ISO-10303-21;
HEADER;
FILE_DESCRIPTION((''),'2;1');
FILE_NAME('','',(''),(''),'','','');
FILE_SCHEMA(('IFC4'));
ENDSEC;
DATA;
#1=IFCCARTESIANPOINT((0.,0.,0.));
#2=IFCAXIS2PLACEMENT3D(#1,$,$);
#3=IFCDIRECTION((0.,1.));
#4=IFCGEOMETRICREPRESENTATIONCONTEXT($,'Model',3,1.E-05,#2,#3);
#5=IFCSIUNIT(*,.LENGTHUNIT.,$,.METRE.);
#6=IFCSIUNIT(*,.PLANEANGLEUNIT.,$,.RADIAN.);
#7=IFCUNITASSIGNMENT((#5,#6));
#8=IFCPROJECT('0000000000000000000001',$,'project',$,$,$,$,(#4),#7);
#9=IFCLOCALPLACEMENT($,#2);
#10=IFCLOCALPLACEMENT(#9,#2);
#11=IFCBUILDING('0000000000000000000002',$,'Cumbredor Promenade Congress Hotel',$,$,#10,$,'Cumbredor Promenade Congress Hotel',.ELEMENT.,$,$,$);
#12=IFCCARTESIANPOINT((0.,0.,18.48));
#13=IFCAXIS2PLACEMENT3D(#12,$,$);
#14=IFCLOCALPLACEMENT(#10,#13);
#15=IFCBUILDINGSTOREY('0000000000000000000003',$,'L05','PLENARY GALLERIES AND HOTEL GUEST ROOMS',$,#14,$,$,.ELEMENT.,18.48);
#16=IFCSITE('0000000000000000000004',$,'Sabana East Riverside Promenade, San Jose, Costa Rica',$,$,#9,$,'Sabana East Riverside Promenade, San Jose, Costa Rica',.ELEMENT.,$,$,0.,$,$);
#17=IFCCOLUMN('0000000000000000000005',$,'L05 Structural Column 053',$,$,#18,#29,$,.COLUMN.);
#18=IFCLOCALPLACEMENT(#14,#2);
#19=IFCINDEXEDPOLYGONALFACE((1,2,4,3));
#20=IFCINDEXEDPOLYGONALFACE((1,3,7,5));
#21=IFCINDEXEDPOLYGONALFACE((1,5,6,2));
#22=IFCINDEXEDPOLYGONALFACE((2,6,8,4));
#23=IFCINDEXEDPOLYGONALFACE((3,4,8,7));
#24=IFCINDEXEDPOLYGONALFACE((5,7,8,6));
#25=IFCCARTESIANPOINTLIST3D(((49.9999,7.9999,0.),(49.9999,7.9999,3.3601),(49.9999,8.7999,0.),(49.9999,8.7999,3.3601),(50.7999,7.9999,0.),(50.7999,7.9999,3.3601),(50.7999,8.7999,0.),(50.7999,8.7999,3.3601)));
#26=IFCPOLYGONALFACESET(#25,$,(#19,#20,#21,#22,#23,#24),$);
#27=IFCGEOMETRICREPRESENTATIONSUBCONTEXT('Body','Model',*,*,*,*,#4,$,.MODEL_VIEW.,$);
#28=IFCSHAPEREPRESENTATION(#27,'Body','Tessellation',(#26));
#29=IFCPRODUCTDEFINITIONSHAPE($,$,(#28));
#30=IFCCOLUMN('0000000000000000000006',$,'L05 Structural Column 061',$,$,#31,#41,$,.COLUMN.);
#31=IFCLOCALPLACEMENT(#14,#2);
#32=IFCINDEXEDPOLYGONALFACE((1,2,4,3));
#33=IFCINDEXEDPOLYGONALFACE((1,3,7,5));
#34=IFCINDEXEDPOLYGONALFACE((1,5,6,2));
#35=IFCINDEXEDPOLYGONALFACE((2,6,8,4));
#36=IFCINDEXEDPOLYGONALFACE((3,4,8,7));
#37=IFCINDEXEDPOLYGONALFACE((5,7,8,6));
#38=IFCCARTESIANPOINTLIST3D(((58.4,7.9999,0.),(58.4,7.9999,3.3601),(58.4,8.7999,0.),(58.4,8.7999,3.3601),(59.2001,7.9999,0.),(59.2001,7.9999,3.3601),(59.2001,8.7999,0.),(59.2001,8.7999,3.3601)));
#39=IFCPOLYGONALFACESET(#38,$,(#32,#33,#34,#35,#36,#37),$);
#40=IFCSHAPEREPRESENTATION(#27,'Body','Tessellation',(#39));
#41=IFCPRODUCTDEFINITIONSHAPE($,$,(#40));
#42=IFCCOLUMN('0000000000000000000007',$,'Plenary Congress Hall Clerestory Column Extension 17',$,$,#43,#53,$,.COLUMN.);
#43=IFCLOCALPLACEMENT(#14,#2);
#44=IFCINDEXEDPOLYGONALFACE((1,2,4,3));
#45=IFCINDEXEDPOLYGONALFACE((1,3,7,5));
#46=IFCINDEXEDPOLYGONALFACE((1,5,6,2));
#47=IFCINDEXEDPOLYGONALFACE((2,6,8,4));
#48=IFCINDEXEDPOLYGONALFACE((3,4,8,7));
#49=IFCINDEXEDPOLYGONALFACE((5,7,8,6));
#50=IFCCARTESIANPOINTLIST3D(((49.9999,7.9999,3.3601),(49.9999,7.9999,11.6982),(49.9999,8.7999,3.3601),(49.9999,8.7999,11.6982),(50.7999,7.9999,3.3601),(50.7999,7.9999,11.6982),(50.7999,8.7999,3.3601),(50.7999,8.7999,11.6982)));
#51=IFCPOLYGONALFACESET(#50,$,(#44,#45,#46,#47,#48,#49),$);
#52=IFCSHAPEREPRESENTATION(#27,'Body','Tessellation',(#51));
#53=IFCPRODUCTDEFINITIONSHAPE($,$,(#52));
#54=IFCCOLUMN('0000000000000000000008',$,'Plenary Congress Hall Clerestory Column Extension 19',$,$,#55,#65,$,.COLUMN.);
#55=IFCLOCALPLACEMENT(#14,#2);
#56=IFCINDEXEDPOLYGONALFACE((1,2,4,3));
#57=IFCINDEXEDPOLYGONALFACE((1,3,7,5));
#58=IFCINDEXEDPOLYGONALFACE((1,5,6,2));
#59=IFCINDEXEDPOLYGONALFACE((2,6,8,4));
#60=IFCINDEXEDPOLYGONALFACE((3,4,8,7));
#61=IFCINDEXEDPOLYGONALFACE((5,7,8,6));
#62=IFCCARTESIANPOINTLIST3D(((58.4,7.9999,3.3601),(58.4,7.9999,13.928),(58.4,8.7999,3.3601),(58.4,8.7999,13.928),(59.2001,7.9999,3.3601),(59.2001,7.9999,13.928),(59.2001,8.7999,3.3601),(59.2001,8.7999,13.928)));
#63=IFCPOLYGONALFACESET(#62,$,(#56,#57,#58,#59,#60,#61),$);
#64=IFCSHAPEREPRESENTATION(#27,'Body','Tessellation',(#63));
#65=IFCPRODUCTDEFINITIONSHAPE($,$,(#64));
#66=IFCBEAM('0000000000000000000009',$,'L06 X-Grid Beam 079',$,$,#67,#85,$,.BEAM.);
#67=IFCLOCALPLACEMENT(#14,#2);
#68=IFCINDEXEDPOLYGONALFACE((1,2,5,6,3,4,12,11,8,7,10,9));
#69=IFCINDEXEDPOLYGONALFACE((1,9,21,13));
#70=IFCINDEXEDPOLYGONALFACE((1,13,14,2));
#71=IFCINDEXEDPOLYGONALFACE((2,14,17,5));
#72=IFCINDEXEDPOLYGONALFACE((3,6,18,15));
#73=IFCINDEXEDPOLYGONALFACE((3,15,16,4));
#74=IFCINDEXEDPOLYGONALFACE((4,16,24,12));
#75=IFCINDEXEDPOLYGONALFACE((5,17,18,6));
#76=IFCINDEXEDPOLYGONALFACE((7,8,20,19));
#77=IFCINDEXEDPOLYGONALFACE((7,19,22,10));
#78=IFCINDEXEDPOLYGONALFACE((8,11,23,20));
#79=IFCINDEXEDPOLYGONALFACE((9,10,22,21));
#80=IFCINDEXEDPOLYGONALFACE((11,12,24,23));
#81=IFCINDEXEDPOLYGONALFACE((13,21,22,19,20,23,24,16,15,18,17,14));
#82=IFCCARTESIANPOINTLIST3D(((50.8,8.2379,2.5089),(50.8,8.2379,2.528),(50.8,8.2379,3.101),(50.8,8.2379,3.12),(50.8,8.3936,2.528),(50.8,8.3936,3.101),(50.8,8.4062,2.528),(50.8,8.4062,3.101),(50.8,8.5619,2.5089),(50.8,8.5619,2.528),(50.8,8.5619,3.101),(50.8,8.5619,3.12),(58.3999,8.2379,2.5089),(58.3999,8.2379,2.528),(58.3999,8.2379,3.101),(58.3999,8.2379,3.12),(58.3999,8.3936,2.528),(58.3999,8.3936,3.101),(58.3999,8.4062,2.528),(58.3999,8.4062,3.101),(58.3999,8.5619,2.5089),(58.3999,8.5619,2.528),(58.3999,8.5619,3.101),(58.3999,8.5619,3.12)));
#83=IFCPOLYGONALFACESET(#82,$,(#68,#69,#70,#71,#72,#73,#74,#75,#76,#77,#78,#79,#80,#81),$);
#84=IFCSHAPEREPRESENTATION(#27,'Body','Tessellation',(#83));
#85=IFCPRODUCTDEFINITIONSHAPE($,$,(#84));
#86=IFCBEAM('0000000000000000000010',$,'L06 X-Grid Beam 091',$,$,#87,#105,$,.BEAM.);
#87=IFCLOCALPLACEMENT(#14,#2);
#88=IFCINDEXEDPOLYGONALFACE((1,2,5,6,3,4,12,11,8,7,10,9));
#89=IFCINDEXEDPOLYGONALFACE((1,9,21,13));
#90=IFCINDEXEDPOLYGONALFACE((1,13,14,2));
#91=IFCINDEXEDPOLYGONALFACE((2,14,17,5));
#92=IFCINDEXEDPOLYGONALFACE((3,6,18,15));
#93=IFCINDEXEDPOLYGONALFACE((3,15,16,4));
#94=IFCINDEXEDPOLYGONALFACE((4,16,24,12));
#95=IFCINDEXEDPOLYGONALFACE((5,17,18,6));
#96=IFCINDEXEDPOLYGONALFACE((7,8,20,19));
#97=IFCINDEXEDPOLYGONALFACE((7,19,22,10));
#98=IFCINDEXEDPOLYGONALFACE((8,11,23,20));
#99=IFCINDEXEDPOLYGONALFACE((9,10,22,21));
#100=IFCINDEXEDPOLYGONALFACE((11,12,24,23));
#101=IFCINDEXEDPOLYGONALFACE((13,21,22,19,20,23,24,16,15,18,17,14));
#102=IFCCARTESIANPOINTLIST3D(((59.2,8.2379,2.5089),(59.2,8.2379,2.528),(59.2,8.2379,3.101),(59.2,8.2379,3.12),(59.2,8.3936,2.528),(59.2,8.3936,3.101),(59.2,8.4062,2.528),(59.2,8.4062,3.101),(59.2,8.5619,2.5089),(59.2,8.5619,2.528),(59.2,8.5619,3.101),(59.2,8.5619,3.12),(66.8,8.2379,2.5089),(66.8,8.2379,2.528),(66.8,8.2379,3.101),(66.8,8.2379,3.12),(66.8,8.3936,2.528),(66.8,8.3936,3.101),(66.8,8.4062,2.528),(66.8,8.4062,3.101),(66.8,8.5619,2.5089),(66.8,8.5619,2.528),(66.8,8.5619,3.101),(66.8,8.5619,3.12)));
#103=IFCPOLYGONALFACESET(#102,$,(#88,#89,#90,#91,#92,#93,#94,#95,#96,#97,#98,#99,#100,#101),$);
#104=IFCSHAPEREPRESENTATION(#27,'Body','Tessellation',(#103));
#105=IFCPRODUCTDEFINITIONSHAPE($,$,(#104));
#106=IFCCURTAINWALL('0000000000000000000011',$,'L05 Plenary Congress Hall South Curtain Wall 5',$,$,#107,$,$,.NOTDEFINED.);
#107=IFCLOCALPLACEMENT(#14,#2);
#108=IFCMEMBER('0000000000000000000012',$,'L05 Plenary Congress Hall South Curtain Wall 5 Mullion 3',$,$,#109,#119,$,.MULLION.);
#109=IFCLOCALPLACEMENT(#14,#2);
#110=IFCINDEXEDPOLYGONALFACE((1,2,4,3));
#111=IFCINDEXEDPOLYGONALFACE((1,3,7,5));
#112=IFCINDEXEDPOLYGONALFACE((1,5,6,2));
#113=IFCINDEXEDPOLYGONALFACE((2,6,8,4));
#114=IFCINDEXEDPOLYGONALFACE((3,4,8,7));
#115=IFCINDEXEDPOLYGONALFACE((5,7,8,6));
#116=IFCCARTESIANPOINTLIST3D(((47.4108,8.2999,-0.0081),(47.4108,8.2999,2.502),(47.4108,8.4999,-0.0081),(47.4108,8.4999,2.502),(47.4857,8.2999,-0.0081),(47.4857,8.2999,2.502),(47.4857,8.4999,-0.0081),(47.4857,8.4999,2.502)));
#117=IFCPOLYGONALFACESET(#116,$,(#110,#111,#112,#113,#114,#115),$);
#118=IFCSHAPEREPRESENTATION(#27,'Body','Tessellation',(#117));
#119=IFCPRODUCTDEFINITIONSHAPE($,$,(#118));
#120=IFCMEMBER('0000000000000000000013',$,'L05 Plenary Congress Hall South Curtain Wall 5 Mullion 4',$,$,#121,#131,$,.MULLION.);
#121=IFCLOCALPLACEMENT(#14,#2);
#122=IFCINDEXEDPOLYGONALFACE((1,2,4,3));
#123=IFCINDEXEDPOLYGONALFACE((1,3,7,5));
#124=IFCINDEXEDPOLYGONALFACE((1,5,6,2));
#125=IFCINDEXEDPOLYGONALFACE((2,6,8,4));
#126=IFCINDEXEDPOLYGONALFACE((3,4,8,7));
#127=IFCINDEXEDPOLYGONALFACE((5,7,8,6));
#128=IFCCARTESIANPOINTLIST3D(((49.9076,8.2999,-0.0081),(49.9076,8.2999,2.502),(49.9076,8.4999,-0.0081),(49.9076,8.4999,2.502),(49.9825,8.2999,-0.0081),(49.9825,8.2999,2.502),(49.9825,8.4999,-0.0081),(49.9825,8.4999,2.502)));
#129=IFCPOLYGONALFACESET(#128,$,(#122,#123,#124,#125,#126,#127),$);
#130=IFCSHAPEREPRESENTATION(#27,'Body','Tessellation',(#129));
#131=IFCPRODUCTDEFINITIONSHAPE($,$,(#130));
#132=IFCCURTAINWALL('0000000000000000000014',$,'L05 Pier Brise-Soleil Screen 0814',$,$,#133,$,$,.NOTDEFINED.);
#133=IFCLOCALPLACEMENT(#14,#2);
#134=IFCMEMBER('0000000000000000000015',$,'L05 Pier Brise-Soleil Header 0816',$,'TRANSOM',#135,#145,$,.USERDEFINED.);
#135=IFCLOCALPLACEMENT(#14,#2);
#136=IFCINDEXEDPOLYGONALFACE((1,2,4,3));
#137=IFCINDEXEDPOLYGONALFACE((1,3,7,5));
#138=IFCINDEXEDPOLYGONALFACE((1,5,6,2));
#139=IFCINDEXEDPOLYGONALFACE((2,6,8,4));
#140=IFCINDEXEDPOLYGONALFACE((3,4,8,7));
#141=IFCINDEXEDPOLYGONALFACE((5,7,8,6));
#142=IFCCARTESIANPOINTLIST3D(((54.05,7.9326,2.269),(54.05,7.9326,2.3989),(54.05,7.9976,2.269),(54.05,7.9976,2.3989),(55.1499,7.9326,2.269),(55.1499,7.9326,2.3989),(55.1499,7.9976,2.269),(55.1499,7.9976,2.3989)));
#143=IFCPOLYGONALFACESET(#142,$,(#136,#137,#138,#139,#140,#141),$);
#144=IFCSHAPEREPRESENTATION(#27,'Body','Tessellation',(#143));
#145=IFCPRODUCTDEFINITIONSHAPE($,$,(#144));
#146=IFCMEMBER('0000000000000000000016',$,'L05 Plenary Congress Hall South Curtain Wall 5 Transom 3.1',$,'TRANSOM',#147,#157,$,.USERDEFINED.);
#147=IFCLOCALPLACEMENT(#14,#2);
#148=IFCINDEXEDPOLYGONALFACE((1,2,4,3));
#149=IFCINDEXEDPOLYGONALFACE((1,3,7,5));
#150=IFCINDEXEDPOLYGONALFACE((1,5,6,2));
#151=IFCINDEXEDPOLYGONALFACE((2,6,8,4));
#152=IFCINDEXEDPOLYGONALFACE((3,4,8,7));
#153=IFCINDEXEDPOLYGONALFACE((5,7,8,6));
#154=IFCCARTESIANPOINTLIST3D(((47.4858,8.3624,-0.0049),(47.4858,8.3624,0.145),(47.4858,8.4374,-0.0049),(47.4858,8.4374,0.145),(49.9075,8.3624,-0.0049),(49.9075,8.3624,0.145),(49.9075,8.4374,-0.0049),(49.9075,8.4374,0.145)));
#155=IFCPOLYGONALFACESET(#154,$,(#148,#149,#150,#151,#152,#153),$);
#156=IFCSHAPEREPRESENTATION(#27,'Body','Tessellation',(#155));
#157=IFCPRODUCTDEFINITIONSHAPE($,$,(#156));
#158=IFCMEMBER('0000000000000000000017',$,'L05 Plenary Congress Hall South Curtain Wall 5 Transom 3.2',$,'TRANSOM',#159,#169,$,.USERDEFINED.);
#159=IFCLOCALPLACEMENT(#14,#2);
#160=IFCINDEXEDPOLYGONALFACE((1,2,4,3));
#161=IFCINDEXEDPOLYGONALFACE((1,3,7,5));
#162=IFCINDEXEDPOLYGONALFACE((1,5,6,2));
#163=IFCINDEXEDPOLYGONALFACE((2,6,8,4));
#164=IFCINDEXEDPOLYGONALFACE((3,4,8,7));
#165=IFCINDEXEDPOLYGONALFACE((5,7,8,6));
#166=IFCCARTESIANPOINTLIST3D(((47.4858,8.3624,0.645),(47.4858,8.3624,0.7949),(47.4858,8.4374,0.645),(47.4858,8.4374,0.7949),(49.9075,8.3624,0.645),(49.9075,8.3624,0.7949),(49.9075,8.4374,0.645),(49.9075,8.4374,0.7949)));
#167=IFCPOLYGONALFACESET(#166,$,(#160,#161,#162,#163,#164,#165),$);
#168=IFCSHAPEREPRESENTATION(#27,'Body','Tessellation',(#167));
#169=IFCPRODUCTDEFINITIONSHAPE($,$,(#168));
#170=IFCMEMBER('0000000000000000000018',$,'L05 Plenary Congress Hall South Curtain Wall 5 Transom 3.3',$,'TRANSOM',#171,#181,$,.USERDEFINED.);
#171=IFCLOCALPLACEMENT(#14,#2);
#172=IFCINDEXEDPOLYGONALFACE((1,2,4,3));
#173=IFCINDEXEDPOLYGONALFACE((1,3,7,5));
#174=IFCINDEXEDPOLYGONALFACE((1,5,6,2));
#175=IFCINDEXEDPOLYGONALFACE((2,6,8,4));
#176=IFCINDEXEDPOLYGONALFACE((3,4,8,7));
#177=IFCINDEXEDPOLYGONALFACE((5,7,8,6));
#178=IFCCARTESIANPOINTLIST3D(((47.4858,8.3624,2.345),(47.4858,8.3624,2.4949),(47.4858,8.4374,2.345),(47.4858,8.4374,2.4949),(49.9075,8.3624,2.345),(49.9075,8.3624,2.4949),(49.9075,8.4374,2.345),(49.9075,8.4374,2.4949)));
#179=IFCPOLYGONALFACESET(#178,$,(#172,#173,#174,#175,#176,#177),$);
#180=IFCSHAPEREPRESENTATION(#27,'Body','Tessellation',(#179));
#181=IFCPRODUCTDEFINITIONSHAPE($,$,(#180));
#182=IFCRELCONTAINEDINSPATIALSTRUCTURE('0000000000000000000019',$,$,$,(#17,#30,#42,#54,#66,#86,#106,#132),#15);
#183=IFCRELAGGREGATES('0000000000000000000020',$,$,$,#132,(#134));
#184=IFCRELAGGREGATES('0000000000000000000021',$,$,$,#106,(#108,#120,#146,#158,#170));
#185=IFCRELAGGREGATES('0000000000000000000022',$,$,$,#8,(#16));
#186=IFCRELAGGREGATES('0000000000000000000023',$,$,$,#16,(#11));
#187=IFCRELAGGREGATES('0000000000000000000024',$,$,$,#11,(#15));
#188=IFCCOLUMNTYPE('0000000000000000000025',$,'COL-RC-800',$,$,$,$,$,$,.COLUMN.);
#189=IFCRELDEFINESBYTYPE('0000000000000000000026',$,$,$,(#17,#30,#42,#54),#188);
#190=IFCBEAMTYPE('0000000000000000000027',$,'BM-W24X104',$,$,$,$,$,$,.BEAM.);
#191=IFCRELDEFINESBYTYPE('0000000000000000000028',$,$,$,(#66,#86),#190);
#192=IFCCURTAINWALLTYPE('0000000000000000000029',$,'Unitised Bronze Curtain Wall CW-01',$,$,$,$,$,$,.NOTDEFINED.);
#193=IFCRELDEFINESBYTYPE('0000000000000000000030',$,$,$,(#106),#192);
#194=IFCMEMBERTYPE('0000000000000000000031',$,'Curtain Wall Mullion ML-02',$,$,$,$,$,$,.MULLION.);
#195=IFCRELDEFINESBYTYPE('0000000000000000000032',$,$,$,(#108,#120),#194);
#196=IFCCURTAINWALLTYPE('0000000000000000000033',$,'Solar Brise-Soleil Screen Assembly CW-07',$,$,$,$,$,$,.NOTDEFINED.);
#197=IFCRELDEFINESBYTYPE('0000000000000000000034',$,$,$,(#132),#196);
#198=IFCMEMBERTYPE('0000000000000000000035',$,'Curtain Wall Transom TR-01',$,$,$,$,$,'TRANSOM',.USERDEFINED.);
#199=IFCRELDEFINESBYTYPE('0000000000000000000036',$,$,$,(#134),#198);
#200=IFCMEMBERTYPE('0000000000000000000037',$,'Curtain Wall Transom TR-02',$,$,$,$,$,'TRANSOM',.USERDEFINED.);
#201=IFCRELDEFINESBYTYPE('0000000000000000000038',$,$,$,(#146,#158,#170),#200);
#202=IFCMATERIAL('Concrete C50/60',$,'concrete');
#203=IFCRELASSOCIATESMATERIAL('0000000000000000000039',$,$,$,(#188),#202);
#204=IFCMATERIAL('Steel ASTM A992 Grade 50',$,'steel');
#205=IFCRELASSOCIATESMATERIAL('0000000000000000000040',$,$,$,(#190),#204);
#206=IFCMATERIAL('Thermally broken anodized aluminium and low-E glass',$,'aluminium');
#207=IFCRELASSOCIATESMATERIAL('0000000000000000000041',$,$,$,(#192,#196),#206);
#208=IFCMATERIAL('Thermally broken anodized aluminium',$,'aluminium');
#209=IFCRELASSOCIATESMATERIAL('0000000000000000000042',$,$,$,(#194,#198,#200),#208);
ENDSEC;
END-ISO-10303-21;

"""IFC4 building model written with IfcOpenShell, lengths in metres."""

from ifc_helpers import new_model, si_unit, direction, frame, origin, origin_2d, place, context, subcontext, project, spatial, rectangle, i_section, extrude, material, material_profile, profile_set, type_object, element, aggregate, save


model = new_model("IFC4")

# Units and contexts
model_context = context("Model", 3, precision=1e-05, world=origin(), true_north=direction((0.0, 1.0)))
body_context = subcontext(model_context, "Body", "Model", "MODEL_VIEW")
ifc_project = project(units=[si_unit("LENGTHUNIT", "METRE"), si_unit("PLANEANGLEUNIT", "RADIAN")], contexts=[model_context])

# Site, building, storey
site_placement = place(None, origin())
site = spatial("IfcSite", under=ifc_project, at=site_placement, Name="Sabana East Riverside Promenade, San Jose, Costa Rica", LongName="Sabana East Riverside Promenade, San Jose, Costa Rica", CompositionType="ELEMENT", RefElevation=0.0)
building_placement = place(site_placement, origin())
building = spatial("IfcBuilding", under=site, at=building_placement, Name="Cumbredor Promenade Congress Hotel", LongName="Cumbredor Promenade Congress Hotel", CompositionType="ELEMENT")
storey_placement = place(building_placement, frame((0.0, 0.0, 18.48)))
storey = spatial("IfcBuildingStorey", under=building, at=storey_placement, Name="L05", Description="PLENARY GALLERIES AND HOTEL GUEST ROOMS", CompositionType="ELEMENT", Elevation=18.48)

# Columns
ifc_material_1 = material(Name="Concrete C50/60", Category="concrete")
ifc_material_profile_1 = material_profile(ifc_material_1, rectangle(XDim=0.8, YDim=0.8, at=origin_2d()), Name="RC 800x800")
ifc_profile_set_1 = profile_set([ifc_material_profile_1], Name="Concrete C50/60")
column_type = type_object("IfcColumnType", Name="COL-RC-800", PredefinedType="COLUMN", material=ifc_profile_set_1)
for number, where, z_axis, x_axis, name in (
    (1, (50.3999, 8.3999, 0.0), (0.0, 0.0, 1.0), (1.0, 0.0, 0.0), "L05 Structural Column 053"),
    (2, (58.8, 8.3999, 0.0), (0.0, 0.0, 1.0), (1.0, 0.0, 0.0), "L05 Structural Column 061"),
):
    element("IfcColumn", number, at=place(storey_placement, frame(where, z_axis=z_axis, x_axis=x_axis)), inside=storey, type_object=column_type, Name=name, PredefinedType="COLUMN", context=body_context, shape_type="SweptSolid", body=[
        extrude(rectangle(XDim=0.8, YDim=0.8, at=origin_2d()), origin(), (0.0, 0.0, 1.0), 3.3601),
    ])
column_1_placement = place(storey_placement, frame((50.3999, 8.3999, 3.3601), z_axis=(0.0, 0.0, 1.0), x_axis=(1.0, 0.0, 0.0)))
element("IfcColumn", 3, at=column_1_placement, inside=storey, type_object=column_type, Name="Plenary Congress Hall Clerestory Column Extension 17", PredefinedType="COLUMN", context=body_context, shape_type="SweptSolid", body=[
    extrude(rectangle(XDim=0.8, YDim=0.8, at=origin_2d()), origin(), (0.0, 0.0, 1.0), 8.3381),
])
column_2_placement = place(storey_placement, frame((58.8, 8.3999, 3.3601), z_axis=(0.0, 0.0, 1.0), x_axis=(1.0, 0.0, 0.0)))
element("IfcColumn", 4, at=column_2_placement, inside=storey, type_object=column_type, Name="Plenary Congress Hall Clerestory Column Extension 19", PredefinedType="COLUMN", context=body_context, shape_type="SweptSolid", body=[
    extrude(rectangle(XDim=0.8, YDim=0.8, at=origin_2d()), origin(), (0.0, 0.0, 1.0), 10.5679),
])

# Beams
ifc_material_2 = material(Name="Steel ASTM A992 Grade 50", Category="steel")
ifc_material_profile_2 = material_profile(ifc_material_2, i_section(OverallWidth=0.324, OverallDepth=0.6111, WebThickness=0.0127, FlangeThickness=0.019, at=origin_2d()), Name="W24X104")
ifc_profile_set_2 = profile_set([ifc_material_profile_2], Name="Steel ASTM A992 Grade 50")
beam_type_1 = type_object("IfcBeamType", Name="BM-W24X104", PredefinedType="BEAM", material=ifc_profile_set_2)
beam_1_placement = place(storey_placement, frame((50.8, 8.3999, 2.8145), z_axis=(1.0, 0.0, 0.0), x_axis=(0.0, 1.0, 0.0)))
element("IfcBeam", 5, at=beam_1_placement, inside=storey, type_object=beam_type_1, Name="L06 X-Grid Beam 079", PredefinedType="BEAM", context=body_context, shape_type="SweptSolid", body=[
    extrude(i_section(OverallWidth=0.324, OverallDepth=0.6111, WebThickness=0.0127, FlangeThickness=0.019, at=origin_2d()), origin(), (0.0, 0.0, 1.0), 7.5999),
])
beam_2_placement = place(storey_placement, frame((59.2, 8.3999, 2.8145), z_axis=(1.0, 0.0, 0.0), x_axis=(0.0, 1.0, 0.0)))
element("IfcBeam", 6, at=beam_2_placement, inside=storey, type_object=beam_type_1, Name="L06 X-Grid Beam 091", PredefinedType="BEAM", context=body_context, shape_type="SweptSolid", body=[
    extrude(i_section(OverallWidth=0.324, OverallDepth=0.6111, WebThickness=0.0127, FlangeThickness=0.019, at=origin_2d()), origin(), (0.0, 0.0, 1.0), 7.6001),
])

# Curtain wall, members
ifc_material_3 = material(Name="Thermally broken anodized aluminium and low-E glass", Category="aluminium")
curtain_wall_type_1 = type_object("IfcCurtainWallType", Name="Unitised Bronze Curtain Wall CW-01", PredefinedType="NOTDEFINED", material=ifc_material_3)
curtain_wall_1_placement = place(storey_placement, origin())
curtain_wall_1 = element("IfcCurtainWall", 7, at=curtain_wall_1_placement, inside=storey, type_object=curtain_wall_type_1, Name="L05 Plenary Congress Hall South Curtain Wall 5", PredefinedType="NOTDEFINED")
ifc_material_4 = material(Name="Thermally broken anodized aluminium", Category="aluminium")
ifc_material_profile_3 = material_profile(ifc_material_4, rectangle(XDim=0.075, YDim=0.2, at=origin_2d()), Name="ALU MULLION 75x200")
ifc_profile_set_3 = profile_set([ifc_material_profile_3], Name="Thermally broken anodized aluminium")
member_type_1 = type_object("IfcMemberType", Name="Curtain Wall Mullion ML-02", PredefinedType="MULLION", material=ifc_profile_set_3)
member_1_placement = place(storey_placement, frame((47.4482, 8.3999, -0.0081), z_axis=(0.0, 0.0, 1.0), x_axis=(1.0, 0.0, 0.0)))
member_1 = element("IfcMember", 8, at=member_1_placement, type_object=member_type_1, Name="L05 Plenary Congress Hall South Curtain Wall 5 Mullion 3", PredefinedType="MULLION", context=body_context, shape_type="SweptSolid", body=[
    extrude(rectangle(XDim=0.075, YDim=0.2, at=origin_2d()), origin(), (0.0, 0.0, 1.0), 2.51),
])
member_2_placement = place(storey_placement, frame((49.9451, 8.3999, -0.0081), z_axis=(0.0, 0.0, 1.0), x_axis=(1.0, 0.0, 0.0)))
member_2 = element("IfcMember", 9, at=member_2_placement, type_object=member_type_1, Name="L05 Plenary Congress Hall South Curtain Wall 5 Mullion 4", PredefinedType="MULLION", context=body_context, shape_type="SweptSolid", body=[
    extrude(rectangle(XDim=0.075, YDim=0.2, at=origin_2d()), origin(), (0.0, 0.0, 1.0), 2.51),
])

# Curtain wall, member
curtain_wall_type_2 = type_object("IfcCurtainWallType", Name="Solar Brise-Soleil Screen Assembly CW-07", PredefinedType="NOTDEFINED", material=ifc_material_3)
curtain_wall_2_placement = place(storey_placement, origin())
curtain_wall_2 = element("IfcCurtainWall", 10, at=curtain_wall_2_placement, inside=storey, type_object=curtain_wall_type_2, Name="L05 Pier Brise-Soleil Screen 0814", PredefinedType="NOTDEFINED")
ifc_material_profile_4 = material_profile(ifc_material_4, rectangle(XDim=0.0649, YDim=0.1299, at=origin_2d()), Name="ALU TRANSOM 65x130")
ifc_profile_set_4 = profile_set([ifc_material_profile_4], Name="Thermally broken anodized aluminium")
member_type_2 = type_object("IfcMemberType", Name="Curtain Wall Transom TR-01", ElementType="TRANSOM", PredefinedType="USERDEFINED", material=ifc_profile_set_4)
member_3_placement = place(storey_placement, frame((54.05, 7.9651, 2.334), z_axis=(1.0, 0.0, 0.0), x_axis=(0.0, 1.0, 0.0)))
member_3 = element("IfcMember", 11, at=member_3_placement, type_object=member_type_2, Name="L05 Pier Brise-Soleil Header 0816", ObjectType="TRANSOM", PredefinedType="USERDEFINED", context=body_context, shape_type="SweptSolid", body=[
    extrude(rectangle(XDim=0.0649, YDim=0.1299, at=origin_2d()), origin(), (0.0, 0.0, 1.0), 1.0999),
])

# Members
ifc_material_profile_5 = material_profile(ifc_material_4, rectangle(XDim=0.075, YDim=0.1499, at=origin_2d()), Name="ALU TRANSOM 75x150")
ifc_profile_set_5 = profile_set([ifc_material_profile_5], Name="Thermally broken anodized aluminium")
member_type_3 = type_object("IfcMemberType", Name="Curtain Wall Transom TR-02", ElementType="TRANSOM", PredefinedType="USERDEFINED", material=ifc_profile_set_5)
member_4_placement = place(storey_placement, frame((47.4858, 8.3999, 0.0701), z_axis=(1.0, 0.0, 0.0), x_axis=(0.0, 1.0, 0.0)))
member_4 = element("IfcMember", 12, at=member_4_placement, type_object=member_type_3, Name="L05 Plenary Congress Hall South Curtain Wall 5 Transom 3.1", ObjectType="TRANSOM", PredefinedType="USERDEFINED", context=body_context, shape_type="SweptSolid", body=[
    extrude(rectangle(XDim=0.075, YDim=0.1499, at=origin_2d()), origin(), (0.0, 0.0, 1.0), 2.4216),
])
member_5_placement = place(storey_placement, frame((47.4858, 8.3999, 0.72), z_axis=(1.0, 0.0, 0.0), x_axis=(0.0, 1.0, 0.0)))
member_5 = element("IfcMember", 13, at=member_5_placement, type_object=member_type_3, Name="L05 Plenary Congress Hall South Curtain Wall 5 Transom 3.2", ObjectType="TRANSOM", PredefinedType="USERDEFINED", context=body_context, shape_type="SweptSolid", body=[
    extrude(rectangle(XDim=0.075, YDim=0.1499, at=origin_2d()), origin(), (0.0, 0.0, 1.0), 2.4216),
])
member_6_placement = place(storey_placement, frame((47.4858, 8.3999, 2.4199), z_axis=(1.0, 0.0, 0.0), x_axis=(0.0, 1.0, 0.0)))
member_6 = element("IfcMember", 14, at=member_6_placement, type_object=member_type_3, Name="L05 Plenary Congress Hall South Curtain Wall 5 Transom 3.3", ObjectType="TRANSOM", PredefinedType="USERDEFINED", context=body_context, shape_type="SweptSolid", body=[
    extrude(rectangle(XDim=0.075, YDim=0.1499, at=origin_2d()), origin(), (0.0, 0.0, 1.0), 2.4216),
])

aggregate(curtain_wall_2, [member_3])

aggregate(curtain_wall_1, [member_1, member_2, member_4, member_5, member_6])

save(model, "model.ifc")
